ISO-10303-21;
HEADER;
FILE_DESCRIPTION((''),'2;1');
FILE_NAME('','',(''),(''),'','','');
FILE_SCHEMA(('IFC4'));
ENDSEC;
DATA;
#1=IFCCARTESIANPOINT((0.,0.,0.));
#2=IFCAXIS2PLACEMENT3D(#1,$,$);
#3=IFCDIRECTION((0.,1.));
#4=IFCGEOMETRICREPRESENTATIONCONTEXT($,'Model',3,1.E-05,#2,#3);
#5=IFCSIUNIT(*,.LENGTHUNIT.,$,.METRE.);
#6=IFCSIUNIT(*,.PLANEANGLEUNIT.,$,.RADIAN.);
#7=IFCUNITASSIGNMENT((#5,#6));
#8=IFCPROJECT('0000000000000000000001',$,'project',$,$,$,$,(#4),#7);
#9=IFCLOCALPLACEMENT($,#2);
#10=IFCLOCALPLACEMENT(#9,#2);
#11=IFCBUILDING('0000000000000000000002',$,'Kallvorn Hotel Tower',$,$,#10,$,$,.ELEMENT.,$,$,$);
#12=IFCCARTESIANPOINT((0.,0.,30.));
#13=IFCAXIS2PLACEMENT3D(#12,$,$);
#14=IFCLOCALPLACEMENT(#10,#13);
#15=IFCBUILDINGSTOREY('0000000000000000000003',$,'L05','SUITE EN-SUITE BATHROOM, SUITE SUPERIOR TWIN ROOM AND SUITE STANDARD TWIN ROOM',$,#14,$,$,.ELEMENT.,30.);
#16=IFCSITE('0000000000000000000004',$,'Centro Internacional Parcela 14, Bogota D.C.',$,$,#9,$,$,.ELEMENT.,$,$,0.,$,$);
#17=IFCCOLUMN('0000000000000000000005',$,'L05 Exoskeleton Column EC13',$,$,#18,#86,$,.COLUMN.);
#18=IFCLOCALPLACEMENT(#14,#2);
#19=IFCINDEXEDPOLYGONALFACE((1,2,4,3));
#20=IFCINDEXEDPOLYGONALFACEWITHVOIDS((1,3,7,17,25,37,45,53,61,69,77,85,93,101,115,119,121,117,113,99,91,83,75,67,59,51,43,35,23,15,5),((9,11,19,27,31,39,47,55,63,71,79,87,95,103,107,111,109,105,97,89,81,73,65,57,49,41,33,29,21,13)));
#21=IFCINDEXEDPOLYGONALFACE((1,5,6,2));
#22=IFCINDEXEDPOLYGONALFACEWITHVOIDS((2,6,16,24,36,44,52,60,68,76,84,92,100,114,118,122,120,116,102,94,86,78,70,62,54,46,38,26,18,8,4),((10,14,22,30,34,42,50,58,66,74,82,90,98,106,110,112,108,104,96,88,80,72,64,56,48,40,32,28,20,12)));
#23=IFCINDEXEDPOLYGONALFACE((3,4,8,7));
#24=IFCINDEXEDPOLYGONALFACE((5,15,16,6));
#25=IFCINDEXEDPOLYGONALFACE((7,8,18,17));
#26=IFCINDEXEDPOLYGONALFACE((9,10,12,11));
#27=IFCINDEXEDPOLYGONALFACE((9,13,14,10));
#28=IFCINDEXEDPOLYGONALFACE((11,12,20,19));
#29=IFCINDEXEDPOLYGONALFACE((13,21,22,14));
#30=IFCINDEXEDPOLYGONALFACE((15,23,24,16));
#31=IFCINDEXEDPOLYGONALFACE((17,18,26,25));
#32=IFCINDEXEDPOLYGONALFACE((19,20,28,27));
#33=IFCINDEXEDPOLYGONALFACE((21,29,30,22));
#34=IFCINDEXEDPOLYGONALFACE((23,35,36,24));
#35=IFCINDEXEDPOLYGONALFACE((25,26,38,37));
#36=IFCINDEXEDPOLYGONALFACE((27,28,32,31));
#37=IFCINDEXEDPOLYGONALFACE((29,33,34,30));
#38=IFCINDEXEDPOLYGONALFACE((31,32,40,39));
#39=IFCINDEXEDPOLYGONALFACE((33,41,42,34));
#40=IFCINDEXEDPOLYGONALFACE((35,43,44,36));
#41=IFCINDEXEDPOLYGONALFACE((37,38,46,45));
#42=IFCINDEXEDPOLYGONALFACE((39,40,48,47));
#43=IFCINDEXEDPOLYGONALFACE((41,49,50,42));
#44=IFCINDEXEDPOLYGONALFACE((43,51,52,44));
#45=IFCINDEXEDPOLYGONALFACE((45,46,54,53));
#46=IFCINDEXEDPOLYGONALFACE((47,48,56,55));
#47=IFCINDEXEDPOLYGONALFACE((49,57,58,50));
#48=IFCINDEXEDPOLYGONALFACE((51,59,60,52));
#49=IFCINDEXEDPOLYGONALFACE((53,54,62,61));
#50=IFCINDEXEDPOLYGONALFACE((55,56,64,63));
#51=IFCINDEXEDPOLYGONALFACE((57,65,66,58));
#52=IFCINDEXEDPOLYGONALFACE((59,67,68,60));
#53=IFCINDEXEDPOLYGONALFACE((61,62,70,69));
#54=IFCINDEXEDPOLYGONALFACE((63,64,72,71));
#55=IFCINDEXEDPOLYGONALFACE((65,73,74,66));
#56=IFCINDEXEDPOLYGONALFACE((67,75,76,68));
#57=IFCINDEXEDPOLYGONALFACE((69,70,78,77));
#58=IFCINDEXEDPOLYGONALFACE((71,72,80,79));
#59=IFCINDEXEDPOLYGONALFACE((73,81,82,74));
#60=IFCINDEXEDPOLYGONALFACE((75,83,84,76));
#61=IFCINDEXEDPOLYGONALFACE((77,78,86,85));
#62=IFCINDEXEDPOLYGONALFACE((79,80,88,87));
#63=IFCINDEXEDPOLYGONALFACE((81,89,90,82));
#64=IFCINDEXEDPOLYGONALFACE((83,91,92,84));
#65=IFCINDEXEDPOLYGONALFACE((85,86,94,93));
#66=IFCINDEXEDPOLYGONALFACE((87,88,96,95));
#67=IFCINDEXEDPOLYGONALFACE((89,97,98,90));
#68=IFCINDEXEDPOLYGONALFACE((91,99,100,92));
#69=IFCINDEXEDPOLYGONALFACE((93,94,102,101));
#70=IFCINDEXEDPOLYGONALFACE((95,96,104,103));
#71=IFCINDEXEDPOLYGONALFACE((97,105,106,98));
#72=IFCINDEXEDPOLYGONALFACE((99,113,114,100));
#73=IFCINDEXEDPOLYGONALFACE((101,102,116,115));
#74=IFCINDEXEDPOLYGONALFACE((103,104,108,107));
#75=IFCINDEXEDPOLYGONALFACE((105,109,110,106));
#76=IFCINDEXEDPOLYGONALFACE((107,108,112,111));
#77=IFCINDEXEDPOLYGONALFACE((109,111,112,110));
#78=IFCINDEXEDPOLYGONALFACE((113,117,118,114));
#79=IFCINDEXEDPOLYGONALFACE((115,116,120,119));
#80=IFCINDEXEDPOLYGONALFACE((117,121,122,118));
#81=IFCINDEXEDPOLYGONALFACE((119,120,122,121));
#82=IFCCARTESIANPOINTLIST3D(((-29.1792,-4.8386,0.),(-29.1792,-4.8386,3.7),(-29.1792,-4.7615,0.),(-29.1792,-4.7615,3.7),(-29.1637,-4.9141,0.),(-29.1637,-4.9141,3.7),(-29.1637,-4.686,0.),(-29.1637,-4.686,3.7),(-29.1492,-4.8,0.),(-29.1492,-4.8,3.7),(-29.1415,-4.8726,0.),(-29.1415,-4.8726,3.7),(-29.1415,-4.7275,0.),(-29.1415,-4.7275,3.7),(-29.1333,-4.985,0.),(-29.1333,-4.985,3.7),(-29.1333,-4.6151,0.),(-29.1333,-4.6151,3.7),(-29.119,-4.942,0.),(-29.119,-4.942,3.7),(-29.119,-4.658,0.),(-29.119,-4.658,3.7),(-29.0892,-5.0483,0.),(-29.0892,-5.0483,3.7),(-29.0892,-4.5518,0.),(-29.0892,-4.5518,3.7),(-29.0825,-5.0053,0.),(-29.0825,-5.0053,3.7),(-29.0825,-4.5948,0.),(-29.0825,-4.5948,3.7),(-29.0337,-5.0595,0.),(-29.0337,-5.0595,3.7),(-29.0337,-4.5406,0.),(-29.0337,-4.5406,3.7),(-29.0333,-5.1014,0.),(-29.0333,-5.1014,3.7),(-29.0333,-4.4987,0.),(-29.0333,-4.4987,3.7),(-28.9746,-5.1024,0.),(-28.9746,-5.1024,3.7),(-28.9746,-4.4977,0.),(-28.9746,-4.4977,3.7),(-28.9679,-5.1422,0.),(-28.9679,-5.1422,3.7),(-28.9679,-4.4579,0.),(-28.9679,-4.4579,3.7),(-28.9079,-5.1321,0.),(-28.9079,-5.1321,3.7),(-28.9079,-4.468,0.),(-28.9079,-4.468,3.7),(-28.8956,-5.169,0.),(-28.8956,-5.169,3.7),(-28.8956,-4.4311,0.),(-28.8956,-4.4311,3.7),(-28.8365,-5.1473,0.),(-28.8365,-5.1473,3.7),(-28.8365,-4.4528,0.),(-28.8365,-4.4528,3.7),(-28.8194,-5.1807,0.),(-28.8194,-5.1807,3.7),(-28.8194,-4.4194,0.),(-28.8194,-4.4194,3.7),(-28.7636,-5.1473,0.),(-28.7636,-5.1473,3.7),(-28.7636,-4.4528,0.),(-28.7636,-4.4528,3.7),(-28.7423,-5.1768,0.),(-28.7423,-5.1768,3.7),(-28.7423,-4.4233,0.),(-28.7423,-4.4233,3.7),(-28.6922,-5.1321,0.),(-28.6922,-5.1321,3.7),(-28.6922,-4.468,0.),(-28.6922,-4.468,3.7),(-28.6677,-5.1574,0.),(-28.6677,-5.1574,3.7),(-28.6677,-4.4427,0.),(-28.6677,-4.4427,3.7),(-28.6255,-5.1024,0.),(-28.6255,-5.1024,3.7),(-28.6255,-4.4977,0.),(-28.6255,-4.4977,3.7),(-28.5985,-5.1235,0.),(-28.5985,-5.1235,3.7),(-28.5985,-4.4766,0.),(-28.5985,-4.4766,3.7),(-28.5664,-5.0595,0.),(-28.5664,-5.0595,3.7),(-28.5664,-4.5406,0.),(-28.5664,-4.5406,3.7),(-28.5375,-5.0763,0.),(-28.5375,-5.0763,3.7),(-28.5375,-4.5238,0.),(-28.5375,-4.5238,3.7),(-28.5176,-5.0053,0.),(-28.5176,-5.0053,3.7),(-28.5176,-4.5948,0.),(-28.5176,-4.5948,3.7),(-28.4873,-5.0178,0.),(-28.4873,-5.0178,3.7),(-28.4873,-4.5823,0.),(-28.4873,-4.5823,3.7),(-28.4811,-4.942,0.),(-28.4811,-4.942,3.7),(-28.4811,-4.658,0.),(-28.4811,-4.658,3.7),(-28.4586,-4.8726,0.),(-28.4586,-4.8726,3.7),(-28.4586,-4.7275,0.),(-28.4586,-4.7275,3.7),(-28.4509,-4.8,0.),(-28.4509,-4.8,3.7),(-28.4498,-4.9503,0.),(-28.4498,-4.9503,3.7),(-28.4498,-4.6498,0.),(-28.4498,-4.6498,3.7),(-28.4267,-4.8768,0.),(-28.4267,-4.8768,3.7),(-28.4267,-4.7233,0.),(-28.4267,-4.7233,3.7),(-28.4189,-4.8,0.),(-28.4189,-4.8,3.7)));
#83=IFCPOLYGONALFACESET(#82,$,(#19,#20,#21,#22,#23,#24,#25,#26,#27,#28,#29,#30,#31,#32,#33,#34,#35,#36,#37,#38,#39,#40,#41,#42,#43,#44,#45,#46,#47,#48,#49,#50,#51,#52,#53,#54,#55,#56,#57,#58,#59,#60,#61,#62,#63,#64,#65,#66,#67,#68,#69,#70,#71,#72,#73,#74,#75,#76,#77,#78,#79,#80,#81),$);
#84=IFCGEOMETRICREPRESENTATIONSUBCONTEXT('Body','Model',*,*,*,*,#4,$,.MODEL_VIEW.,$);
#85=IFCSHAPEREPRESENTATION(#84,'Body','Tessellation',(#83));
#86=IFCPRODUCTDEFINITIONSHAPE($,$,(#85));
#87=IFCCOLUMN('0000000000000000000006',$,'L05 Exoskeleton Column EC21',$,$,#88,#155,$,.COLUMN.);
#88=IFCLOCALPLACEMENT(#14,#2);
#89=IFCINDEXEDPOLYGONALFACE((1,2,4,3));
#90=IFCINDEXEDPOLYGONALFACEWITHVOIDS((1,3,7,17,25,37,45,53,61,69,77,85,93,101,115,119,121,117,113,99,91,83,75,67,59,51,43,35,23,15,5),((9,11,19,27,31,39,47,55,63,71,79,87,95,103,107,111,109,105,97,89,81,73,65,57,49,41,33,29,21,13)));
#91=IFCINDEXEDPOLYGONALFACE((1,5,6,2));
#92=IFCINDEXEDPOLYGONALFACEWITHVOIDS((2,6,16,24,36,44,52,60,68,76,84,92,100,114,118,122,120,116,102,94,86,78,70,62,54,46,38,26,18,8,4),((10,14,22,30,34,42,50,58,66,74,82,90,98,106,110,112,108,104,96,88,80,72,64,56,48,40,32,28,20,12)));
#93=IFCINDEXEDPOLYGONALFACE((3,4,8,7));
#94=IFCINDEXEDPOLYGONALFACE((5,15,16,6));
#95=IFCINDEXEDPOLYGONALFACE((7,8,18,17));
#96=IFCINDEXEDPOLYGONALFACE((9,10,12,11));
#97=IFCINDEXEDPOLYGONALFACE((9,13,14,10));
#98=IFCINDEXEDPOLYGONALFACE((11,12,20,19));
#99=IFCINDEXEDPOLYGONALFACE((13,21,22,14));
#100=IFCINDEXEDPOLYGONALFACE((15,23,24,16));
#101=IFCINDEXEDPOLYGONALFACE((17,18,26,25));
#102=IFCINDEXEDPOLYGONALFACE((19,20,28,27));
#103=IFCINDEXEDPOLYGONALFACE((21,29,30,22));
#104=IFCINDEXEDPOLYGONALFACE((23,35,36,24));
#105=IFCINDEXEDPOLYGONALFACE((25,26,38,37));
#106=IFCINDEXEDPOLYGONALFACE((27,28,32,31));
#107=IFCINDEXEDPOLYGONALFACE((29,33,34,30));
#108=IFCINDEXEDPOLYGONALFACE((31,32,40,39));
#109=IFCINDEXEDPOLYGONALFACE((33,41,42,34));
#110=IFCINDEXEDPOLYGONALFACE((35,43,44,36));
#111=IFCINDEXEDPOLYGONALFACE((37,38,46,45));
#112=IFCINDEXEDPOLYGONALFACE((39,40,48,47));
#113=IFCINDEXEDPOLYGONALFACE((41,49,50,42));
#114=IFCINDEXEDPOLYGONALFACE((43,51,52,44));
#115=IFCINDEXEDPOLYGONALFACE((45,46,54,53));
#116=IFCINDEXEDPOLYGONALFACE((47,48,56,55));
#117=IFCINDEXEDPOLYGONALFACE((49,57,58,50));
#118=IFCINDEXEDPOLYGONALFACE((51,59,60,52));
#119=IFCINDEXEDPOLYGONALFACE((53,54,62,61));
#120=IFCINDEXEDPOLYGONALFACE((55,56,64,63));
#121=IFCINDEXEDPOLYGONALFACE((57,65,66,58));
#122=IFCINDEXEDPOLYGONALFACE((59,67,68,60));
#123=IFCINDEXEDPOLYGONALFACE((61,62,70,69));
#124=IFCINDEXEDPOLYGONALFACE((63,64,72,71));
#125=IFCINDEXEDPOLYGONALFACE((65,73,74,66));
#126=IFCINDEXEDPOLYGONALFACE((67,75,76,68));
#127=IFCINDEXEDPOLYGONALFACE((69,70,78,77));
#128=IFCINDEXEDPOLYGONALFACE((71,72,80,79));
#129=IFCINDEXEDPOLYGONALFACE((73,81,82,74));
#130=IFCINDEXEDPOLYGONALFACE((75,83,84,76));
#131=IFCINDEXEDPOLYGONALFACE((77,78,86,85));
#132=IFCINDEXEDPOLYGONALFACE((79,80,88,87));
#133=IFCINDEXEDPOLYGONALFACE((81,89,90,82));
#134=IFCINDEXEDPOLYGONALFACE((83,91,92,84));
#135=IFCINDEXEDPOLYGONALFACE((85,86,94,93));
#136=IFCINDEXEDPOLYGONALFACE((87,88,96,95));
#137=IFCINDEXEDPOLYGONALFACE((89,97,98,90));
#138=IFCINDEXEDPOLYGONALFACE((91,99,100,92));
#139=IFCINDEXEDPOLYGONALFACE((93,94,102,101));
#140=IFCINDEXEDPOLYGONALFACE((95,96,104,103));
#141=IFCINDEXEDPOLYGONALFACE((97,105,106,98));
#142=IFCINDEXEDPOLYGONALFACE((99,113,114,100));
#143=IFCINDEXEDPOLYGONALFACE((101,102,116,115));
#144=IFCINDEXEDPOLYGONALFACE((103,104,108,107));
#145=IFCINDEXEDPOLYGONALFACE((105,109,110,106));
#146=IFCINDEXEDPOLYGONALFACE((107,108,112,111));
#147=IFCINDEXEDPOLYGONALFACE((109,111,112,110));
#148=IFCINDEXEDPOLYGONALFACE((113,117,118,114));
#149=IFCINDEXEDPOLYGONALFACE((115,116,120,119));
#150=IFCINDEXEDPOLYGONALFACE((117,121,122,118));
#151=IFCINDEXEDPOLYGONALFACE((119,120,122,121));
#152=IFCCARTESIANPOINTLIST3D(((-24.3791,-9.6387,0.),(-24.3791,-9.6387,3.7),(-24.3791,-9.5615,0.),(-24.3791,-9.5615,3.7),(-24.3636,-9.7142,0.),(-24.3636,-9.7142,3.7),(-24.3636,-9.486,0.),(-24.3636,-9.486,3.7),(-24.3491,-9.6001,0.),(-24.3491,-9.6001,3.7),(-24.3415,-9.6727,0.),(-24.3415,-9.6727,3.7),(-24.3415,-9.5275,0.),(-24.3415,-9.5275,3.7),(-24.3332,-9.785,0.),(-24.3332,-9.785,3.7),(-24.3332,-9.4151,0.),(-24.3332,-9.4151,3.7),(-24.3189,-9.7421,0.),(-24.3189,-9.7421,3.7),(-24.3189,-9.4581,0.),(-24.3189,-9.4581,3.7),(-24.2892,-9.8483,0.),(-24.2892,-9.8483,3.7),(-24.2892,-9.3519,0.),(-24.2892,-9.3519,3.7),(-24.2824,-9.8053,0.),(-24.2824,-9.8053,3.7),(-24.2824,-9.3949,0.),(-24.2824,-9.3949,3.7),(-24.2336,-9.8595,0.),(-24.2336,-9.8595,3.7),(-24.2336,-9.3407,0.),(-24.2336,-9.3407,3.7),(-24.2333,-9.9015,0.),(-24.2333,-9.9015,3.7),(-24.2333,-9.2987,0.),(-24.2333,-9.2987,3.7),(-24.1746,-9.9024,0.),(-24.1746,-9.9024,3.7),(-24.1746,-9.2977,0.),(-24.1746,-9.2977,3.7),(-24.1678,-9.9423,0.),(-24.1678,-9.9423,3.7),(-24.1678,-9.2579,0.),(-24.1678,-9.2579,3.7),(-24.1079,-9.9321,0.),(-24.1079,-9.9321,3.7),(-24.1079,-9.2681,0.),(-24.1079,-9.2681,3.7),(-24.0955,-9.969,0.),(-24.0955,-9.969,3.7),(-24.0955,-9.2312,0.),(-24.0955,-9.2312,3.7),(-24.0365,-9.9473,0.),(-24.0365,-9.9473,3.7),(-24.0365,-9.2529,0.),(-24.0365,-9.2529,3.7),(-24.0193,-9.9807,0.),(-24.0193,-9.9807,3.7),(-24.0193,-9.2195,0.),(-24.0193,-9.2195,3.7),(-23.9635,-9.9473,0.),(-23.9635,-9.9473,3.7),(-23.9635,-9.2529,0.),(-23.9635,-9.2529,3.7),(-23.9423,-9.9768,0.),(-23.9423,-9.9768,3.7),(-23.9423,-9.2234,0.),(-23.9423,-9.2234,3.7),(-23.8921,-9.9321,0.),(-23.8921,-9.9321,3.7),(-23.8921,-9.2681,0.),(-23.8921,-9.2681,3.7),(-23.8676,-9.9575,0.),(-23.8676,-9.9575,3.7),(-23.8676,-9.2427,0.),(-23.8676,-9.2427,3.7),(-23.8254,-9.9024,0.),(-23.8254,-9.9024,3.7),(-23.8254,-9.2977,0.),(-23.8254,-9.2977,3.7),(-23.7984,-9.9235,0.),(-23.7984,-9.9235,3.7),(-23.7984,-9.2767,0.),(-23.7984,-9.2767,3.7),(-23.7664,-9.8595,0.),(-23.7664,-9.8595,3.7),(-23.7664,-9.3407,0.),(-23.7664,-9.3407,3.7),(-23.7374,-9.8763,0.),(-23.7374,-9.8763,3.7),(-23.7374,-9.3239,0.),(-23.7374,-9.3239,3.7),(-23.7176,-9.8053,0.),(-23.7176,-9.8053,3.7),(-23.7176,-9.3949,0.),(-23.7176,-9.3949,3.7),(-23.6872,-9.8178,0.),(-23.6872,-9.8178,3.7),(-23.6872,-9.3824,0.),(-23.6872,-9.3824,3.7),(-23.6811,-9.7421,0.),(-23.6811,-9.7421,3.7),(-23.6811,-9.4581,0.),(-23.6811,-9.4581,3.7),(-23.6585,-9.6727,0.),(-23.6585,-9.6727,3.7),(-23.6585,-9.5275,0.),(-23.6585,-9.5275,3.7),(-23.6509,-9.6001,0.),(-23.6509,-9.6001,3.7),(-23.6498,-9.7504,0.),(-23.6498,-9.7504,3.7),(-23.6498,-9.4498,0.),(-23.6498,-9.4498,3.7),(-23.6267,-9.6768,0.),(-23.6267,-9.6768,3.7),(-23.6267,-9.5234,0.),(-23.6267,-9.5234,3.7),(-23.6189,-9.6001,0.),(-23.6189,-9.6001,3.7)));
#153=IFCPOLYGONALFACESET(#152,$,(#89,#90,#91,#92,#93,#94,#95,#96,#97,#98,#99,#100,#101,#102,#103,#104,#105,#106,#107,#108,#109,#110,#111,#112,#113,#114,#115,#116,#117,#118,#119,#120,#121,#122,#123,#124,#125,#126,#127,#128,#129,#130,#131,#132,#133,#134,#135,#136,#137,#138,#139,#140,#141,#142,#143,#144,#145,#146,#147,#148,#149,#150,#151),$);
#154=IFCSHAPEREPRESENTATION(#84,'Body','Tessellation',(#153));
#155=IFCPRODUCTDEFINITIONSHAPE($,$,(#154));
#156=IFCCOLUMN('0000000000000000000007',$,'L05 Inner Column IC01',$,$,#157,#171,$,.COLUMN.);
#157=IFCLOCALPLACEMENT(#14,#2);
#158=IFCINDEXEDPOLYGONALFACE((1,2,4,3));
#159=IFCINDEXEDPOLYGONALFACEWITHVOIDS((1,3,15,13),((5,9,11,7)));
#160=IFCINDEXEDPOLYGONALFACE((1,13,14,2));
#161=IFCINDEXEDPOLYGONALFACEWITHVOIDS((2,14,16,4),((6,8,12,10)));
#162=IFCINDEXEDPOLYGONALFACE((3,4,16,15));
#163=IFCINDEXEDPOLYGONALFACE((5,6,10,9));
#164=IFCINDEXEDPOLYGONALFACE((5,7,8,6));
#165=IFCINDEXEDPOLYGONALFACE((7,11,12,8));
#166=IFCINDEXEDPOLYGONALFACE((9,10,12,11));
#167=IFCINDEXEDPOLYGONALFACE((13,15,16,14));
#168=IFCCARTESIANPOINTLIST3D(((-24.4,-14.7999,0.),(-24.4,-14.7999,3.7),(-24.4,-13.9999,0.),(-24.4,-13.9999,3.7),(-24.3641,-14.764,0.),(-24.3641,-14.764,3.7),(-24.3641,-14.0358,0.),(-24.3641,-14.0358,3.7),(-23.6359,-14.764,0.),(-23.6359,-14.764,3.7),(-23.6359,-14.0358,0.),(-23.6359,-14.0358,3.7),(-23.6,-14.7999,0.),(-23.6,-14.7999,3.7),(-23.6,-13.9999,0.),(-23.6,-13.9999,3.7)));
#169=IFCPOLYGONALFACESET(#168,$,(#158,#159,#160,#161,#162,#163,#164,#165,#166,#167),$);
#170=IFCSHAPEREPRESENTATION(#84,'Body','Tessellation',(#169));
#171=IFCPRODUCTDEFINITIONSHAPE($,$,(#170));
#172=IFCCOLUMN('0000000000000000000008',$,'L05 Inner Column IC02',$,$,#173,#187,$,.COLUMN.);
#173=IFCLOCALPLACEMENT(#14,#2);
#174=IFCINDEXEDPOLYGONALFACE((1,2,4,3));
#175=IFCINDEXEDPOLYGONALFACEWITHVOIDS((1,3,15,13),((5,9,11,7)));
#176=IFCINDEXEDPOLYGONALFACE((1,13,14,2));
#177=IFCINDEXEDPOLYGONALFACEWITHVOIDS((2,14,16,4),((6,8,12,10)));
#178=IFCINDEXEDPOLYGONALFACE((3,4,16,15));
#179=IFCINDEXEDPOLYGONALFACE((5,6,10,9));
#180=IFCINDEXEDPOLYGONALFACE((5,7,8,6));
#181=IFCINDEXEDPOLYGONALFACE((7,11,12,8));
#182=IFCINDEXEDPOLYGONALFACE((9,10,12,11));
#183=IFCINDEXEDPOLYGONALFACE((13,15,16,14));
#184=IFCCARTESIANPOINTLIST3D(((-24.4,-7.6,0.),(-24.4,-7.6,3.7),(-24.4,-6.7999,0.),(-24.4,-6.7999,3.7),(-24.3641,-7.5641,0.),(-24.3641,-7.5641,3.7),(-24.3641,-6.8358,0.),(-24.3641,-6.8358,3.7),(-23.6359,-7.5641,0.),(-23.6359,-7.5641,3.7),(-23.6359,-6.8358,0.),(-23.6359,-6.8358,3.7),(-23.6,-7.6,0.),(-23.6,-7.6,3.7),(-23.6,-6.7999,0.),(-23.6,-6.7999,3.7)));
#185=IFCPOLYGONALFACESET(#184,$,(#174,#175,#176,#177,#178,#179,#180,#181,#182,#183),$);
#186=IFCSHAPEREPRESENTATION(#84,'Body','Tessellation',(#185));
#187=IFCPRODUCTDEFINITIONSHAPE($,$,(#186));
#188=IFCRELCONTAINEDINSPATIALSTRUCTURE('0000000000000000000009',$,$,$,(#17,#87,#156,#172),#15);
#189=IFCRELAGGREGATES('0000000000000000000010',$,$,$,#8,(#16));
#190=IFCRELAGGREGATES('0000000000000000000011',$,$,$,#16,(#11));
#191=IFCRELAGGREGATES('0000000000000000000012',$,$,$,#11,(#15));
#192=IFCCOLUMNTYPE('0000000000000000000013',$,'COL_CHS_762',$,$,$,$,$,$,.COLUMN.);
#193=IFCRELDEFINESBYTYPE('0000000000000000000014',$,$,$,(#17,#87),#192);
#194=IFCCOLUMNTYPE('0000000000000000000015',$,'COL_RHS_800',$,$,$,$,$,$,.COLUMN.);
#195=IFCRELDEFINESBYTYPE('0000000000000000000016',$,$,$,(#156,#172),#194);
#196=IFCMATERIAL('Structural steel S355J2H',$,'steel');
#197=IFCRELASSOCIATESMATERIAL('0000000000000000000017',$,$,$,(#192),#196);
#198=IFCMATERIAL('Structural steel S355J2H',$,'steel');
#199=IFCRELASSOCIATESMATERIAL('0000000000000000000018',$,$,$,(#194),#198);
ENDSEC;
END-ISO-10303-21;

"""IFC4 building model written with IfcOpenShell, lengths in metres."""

from ifc_helpers import new_model, si_unit, direction, frame, origin, origin_2d, place, context, subcontext, project, spatial, hollow_rectangle, hollow_circle, extrude, material, material_profile, profile_set, type_object, element, save


model = new_model("IFC4")

# Units and contexts
model_context = context("Model", 3, precision=1e-05, world=origin(), true_north=direction((0.0, 1.0)))
body_context = subcontext(model_context, "Body", "Model", "MODEL_VIEW")
ifc_project = project(units=[si_unit("LENGTHUNIT", "METRE"), si_unit("PLANEANGLEUNIT", "RADIAN")], contexts=[model_context])

# Site, building, storey
site_placement = place(None, origin())
site = spatial("IfcSite", under=ifc_project, at=site_placement, Name="Centro Internacional Parcela 14, Bogota D.C.", CompositionType="ELEMENT", RefElevation=0.0)
building_placement = place(site_placement, origin())
building = spatial("IfcBuilding", under=site, at=building_placement, Name="Kallvorn Hotel Tower", CompositionType="ELEMENT")
storey_placement = place(building_placement, frame((0.0, 0.0, 30.0)))
storey = spatial("IfcBuildingStorey", under=building, at=storey_placement, Name="L05", Description="SUITE EN-SUITE BATHROOM, SUITE SUPERIOR TWIN ROOM AND SUITE STANDARD TWIN ROOM", CompositionType="ELEMENT", Elevation=30.0)

# Columns
ifc_material_1 = material(Name="Structural steel S355J2H", Category="steel")
ifc_material_profile_1 = material_profile(ifc_material_1, hollow_circle(Radius=0.3811, WallThickness=0.032, at=origin_2d()), Name="CHS 762x32")
ifc_profile_set_1 = profile_set([ifc_material_profile_1], Name="Structural steel S355J2H")
column_type_1 = type_object("IfcColumnType", Name="COL_CHS_762", PredefinedType="COLUMN", material=ifc_profile_set_1)
for number, where, z_axis, x_axis, name in (
    (1, (-28.8, -4.8, 0.0), (0.0, 0.0, 1.0), (1.0, 0.0, 0.0), "L05 Exoskeleton Column EC13"),
    (2, (-24.0, -9.6001, 0.0), (0.0, 0.0, 1.0), (1.0, 0.0, 0.0), "L05 Exoskeleton Column EC21"),
):
    element("IfcColumn", number, at=place(storey_placement, frame(where, z_axis=z_axis, x_axis=x_axis)), inside=storey, type_object=column_type_1, Name=name, PredefinedType="COLUMN", context=body_context, shape_type="SweptSolid", body=[
        extrude(hollow_circle(Radius=0.3811, WallThickness=0.032, at=origin_2d()), origin(), (0.0, 0.0, 1.0), 3.7),
    ])
ifc_material_2 = material(Name="Structural steel S355J2H", Category="steel")
ifc_material_profile_2 = material_profile(ifc_material_2, hollow_rectangle(XDim=0.8, YDim=0.8, WallThickness=0.0359, at=origin_2d()), Name="RHS 800x800x36")
ifc_profile_set_2 = profile_set([ifc_material_profile_2], Name="Structural steel S355J2H")
column_type_2 = type_object("IfcColumnType", Name="COL_RHS_800", PredefinedType="COLUMN", material=ifc_profile_set_2)
for number, where, z_axis, x_axis, name in (
    (3, (-24.0, -14.3999, 0.0), (0.0, 0.0, 1.0), (1.0, 0.0, 0.0), "L05 Inner Column IC01"),
    (4, (-24.0, -7.2, 0.0), (0.0, 0.0, 1.0), (1.0, 0.0, 0.0), "L05 Inner Column IC02"),
):
    element("IfcColumn", number, at=place(storey_placement, frame(where, z_axis=z_axis, x_axis=x_axis)), inside=storey, type_object=column_type_2, Name=name, PredefinedType="COLUMN", context=body_context, shape_type="SweptSolid", body=[
        extrude(hollow_rectangle(XDim=0.8, YDim=0.8, WallThickness=0.0359, at=origin_2d()), origin(), (0.0, 0.0, 1.0), 3.7),
    ])

save(model, "model.ifc")
